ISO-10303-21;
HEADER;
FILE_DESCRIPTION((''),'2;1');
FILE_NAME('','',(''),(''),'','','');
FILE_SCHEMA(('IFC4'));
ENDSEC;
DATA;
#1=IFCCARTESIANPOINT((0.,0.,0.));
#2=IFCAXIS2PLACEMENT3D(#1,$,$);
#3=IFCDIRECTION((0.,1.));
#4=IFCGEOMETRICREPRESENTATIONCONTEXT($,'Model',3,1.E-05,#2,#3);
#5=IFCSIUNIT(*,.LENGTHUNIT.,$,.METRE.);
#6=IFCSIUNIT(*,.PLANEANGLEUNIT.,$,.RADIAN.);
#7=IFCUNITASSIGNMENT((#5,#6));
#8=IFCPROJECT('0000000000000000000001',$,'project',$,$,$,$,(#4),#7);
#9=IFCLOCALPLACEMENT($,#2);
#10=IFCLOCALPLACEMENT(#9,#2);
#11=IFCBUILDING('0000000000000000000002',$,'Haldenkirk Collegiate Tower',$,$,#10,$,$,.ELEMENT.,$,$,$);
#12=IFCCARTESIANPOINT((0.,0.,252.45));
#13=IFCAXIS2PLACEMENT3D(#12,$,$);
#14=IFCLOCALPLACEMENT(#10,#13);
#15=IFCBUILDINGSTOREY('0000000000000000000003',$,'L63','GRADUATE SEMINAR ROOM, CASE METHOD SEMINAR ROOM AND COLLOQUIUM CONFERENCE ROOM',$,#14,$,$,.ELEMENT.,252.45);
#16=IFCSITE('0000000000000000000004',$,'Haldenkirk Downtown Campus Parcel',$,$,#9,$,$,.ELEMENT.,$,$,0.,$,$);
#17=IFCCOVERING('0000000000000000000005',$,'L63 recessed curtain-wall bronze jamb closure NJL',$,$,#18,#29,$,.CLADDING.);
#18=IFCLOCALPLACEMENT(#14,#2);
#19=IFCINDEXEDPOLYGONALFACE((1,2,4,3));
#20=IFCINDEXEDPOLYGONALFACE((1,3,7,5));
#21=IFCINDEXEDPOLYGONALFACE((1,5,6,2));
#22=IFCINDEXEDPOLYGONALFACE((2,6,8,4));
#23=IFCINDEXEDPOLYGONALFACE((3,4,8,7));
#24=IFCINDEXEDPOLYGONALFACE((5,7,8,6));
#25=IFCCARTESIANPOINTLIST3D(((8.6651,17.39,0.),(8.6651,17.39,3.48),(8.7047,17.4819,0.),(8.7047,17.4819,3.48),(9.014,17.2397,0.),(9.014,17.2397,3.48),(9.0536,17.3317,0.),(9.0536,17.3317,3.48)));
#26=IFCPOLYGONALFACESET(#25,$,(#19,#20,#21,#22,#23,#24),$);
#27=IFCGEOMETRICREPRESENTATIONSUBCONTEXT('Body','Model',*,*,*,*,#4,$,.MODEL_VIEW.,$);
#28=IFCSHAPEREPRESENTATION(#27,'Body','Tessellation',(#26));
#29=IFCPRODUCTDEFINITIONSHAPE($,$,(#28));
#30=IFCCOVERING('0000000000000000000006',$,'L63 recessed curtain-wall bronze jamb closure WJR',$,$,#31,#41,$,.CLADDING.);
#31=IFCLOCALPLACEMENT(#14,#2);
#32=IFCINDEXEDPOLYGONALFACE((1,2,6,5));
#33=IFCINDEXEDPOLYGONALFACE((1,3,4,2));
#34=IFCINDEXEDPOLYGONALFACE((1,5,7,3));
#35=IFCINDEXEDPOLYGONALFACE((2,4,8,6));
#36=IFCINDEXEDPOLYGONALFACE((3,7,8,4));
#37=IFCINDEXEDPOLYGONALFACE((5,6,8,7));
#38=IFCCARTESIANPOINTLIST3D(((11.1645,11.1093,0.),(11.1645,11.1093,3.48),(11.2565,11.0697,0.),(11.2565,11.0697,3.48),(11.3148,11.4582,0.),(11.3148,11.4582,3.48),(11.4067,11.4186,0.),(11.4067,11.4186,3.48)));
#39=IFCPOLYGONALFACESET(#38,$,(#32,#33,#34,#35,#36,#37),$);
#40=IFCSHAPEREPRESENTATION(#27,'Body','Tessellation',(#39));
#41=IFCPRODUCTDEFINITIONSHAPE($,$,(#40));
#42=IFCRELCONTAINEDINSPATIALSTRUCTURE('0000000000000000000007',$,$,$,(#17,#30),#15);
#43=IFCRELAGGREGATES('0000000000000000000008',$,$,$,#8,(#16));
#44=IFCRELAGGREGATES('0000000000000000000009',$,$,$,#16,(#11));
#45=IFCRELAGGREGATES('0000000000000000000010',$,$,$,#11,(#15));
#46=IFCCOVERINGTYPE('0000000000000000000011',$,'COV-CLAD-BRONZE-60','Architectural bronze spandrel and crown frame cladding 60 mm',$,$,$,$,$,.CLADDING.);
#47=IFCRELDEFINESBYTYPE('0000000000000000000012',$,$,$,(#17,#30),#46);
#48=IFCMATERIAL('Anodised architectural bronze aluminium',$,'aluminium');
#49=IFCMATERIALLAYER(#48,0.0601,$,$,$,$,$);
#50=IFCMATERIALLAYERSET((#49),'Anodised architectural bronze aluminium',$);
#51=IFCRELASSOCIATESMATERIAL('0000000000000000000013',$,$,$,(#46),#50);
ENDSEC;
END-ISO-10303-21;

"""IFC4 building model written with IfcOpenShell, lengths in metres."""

from ifc_helpers import new_model, si_unit, direction, frame, origin, origin_2d, place, context, subcontext, project, spatial, rectangle, extrude, source, transform, mapped, material, layer, layer_set, type_object, element, save


model = new_model("IFC4")

# Units and contexts
model_context = context("Model", 3, precision=1e-05, world=origin(), true_north=direction((0.0, 1.0)))
body_context = subcontext(model_context, "Body", "Model", "MODEL_VIEW")
ifc_project = project(units=[si_unit("LENGTHUNIT", "METRE"), si_unit("PLANEANGLEUNIT", "RADIAN")], contexts=[model_context])

# Site, building, storey
site_placement = place(None, origin())
site = spatial("IfcSite", under=ifc_project, at=site_placement, Name="Haldenkirk Downtown Campus Parcel", CompositionType="ELEMENT", RefElevation=0.0)
building_placement = place(site_placement, origin())
building = spatial("IfcBuilding", under=site, at=building_placement, Name="Haldenkirk Collegiate Tower", CompositionType="ELEMENT")
storey_placement = place(building_placement, frame((0.0, 0.0, 252.45)))
storey = spatial("IfcBuildingStorey", under=building, at=storey_placement, Name="L63", Description="GRADUATE SEMINAR ROOM, CASE METHOD SEMINAR ROOM AND COLLOQUIUM CONFERENCE ROOM", CompositionType="ELEMENT", Elevation=252.45)

# Shared definitions
ifc_material_1 = material(Name="Anodised architectural bronze aluminium", Category="aluminium")

# Coverings
ifc_layer_1 = layer(ifc_material_1, 0.0601)
ifc_layer_set_1 = layer_set([ifc_layer_1], Name="Anodised architectural bronze aluminium")
covering_type_1 = type_object("IfcCoveringType", Name="COV-CLAD-BRONZE-60", Description="Architectural bronze spandrel and crown frame cladding 60 mm", PredefinedType="CLADDING", material=ifc_layer_set_1)
shared_shape = source(origin(), body_context, "Body", "SweptSolid", [
    extrude(rectangle(XDim=0.1001, YDim=0.3799, at=origin_2d()), origin(), (0.0, 0.0, 1.0), 3.48),
])
for number, where, z_axis, x_axis, name in (
    (1, (8.8594, 17.3608, 0.0), (0.0, 0.0, 1.0), (0.395546, 0.918446, 0.0), "L63 recessed curtain-wall bronze jamb closure NJL"),
    (2, (11.2856, 11.2639, 0.0), (0.0, 0.0, 1.0), (-0.918446, 0.395546, 0.0), "L63 recessed curtain-wall bronze jamb closure WJR"),
):
    element("IfcCovering", number, at=place(storey_placement, frame(where, z_axis=z_axis, x_axis=x_axis)), inside=storey, type_object=covering_type_1, Name=name, PredefinedType="CLADDING", context=body_context, shape_type="MappedRepresentation", body=[
        mapped(shared_shape, transform((0.0, 0.0, 0.0), x_axis=(1.0, 0.0, 0.0), y_axis=(0.0, 1.0, 0.0), z_axis=(0.0, 0.0, 1.0), scale=1.0)),
    ])

save(model, "model.ifc")
